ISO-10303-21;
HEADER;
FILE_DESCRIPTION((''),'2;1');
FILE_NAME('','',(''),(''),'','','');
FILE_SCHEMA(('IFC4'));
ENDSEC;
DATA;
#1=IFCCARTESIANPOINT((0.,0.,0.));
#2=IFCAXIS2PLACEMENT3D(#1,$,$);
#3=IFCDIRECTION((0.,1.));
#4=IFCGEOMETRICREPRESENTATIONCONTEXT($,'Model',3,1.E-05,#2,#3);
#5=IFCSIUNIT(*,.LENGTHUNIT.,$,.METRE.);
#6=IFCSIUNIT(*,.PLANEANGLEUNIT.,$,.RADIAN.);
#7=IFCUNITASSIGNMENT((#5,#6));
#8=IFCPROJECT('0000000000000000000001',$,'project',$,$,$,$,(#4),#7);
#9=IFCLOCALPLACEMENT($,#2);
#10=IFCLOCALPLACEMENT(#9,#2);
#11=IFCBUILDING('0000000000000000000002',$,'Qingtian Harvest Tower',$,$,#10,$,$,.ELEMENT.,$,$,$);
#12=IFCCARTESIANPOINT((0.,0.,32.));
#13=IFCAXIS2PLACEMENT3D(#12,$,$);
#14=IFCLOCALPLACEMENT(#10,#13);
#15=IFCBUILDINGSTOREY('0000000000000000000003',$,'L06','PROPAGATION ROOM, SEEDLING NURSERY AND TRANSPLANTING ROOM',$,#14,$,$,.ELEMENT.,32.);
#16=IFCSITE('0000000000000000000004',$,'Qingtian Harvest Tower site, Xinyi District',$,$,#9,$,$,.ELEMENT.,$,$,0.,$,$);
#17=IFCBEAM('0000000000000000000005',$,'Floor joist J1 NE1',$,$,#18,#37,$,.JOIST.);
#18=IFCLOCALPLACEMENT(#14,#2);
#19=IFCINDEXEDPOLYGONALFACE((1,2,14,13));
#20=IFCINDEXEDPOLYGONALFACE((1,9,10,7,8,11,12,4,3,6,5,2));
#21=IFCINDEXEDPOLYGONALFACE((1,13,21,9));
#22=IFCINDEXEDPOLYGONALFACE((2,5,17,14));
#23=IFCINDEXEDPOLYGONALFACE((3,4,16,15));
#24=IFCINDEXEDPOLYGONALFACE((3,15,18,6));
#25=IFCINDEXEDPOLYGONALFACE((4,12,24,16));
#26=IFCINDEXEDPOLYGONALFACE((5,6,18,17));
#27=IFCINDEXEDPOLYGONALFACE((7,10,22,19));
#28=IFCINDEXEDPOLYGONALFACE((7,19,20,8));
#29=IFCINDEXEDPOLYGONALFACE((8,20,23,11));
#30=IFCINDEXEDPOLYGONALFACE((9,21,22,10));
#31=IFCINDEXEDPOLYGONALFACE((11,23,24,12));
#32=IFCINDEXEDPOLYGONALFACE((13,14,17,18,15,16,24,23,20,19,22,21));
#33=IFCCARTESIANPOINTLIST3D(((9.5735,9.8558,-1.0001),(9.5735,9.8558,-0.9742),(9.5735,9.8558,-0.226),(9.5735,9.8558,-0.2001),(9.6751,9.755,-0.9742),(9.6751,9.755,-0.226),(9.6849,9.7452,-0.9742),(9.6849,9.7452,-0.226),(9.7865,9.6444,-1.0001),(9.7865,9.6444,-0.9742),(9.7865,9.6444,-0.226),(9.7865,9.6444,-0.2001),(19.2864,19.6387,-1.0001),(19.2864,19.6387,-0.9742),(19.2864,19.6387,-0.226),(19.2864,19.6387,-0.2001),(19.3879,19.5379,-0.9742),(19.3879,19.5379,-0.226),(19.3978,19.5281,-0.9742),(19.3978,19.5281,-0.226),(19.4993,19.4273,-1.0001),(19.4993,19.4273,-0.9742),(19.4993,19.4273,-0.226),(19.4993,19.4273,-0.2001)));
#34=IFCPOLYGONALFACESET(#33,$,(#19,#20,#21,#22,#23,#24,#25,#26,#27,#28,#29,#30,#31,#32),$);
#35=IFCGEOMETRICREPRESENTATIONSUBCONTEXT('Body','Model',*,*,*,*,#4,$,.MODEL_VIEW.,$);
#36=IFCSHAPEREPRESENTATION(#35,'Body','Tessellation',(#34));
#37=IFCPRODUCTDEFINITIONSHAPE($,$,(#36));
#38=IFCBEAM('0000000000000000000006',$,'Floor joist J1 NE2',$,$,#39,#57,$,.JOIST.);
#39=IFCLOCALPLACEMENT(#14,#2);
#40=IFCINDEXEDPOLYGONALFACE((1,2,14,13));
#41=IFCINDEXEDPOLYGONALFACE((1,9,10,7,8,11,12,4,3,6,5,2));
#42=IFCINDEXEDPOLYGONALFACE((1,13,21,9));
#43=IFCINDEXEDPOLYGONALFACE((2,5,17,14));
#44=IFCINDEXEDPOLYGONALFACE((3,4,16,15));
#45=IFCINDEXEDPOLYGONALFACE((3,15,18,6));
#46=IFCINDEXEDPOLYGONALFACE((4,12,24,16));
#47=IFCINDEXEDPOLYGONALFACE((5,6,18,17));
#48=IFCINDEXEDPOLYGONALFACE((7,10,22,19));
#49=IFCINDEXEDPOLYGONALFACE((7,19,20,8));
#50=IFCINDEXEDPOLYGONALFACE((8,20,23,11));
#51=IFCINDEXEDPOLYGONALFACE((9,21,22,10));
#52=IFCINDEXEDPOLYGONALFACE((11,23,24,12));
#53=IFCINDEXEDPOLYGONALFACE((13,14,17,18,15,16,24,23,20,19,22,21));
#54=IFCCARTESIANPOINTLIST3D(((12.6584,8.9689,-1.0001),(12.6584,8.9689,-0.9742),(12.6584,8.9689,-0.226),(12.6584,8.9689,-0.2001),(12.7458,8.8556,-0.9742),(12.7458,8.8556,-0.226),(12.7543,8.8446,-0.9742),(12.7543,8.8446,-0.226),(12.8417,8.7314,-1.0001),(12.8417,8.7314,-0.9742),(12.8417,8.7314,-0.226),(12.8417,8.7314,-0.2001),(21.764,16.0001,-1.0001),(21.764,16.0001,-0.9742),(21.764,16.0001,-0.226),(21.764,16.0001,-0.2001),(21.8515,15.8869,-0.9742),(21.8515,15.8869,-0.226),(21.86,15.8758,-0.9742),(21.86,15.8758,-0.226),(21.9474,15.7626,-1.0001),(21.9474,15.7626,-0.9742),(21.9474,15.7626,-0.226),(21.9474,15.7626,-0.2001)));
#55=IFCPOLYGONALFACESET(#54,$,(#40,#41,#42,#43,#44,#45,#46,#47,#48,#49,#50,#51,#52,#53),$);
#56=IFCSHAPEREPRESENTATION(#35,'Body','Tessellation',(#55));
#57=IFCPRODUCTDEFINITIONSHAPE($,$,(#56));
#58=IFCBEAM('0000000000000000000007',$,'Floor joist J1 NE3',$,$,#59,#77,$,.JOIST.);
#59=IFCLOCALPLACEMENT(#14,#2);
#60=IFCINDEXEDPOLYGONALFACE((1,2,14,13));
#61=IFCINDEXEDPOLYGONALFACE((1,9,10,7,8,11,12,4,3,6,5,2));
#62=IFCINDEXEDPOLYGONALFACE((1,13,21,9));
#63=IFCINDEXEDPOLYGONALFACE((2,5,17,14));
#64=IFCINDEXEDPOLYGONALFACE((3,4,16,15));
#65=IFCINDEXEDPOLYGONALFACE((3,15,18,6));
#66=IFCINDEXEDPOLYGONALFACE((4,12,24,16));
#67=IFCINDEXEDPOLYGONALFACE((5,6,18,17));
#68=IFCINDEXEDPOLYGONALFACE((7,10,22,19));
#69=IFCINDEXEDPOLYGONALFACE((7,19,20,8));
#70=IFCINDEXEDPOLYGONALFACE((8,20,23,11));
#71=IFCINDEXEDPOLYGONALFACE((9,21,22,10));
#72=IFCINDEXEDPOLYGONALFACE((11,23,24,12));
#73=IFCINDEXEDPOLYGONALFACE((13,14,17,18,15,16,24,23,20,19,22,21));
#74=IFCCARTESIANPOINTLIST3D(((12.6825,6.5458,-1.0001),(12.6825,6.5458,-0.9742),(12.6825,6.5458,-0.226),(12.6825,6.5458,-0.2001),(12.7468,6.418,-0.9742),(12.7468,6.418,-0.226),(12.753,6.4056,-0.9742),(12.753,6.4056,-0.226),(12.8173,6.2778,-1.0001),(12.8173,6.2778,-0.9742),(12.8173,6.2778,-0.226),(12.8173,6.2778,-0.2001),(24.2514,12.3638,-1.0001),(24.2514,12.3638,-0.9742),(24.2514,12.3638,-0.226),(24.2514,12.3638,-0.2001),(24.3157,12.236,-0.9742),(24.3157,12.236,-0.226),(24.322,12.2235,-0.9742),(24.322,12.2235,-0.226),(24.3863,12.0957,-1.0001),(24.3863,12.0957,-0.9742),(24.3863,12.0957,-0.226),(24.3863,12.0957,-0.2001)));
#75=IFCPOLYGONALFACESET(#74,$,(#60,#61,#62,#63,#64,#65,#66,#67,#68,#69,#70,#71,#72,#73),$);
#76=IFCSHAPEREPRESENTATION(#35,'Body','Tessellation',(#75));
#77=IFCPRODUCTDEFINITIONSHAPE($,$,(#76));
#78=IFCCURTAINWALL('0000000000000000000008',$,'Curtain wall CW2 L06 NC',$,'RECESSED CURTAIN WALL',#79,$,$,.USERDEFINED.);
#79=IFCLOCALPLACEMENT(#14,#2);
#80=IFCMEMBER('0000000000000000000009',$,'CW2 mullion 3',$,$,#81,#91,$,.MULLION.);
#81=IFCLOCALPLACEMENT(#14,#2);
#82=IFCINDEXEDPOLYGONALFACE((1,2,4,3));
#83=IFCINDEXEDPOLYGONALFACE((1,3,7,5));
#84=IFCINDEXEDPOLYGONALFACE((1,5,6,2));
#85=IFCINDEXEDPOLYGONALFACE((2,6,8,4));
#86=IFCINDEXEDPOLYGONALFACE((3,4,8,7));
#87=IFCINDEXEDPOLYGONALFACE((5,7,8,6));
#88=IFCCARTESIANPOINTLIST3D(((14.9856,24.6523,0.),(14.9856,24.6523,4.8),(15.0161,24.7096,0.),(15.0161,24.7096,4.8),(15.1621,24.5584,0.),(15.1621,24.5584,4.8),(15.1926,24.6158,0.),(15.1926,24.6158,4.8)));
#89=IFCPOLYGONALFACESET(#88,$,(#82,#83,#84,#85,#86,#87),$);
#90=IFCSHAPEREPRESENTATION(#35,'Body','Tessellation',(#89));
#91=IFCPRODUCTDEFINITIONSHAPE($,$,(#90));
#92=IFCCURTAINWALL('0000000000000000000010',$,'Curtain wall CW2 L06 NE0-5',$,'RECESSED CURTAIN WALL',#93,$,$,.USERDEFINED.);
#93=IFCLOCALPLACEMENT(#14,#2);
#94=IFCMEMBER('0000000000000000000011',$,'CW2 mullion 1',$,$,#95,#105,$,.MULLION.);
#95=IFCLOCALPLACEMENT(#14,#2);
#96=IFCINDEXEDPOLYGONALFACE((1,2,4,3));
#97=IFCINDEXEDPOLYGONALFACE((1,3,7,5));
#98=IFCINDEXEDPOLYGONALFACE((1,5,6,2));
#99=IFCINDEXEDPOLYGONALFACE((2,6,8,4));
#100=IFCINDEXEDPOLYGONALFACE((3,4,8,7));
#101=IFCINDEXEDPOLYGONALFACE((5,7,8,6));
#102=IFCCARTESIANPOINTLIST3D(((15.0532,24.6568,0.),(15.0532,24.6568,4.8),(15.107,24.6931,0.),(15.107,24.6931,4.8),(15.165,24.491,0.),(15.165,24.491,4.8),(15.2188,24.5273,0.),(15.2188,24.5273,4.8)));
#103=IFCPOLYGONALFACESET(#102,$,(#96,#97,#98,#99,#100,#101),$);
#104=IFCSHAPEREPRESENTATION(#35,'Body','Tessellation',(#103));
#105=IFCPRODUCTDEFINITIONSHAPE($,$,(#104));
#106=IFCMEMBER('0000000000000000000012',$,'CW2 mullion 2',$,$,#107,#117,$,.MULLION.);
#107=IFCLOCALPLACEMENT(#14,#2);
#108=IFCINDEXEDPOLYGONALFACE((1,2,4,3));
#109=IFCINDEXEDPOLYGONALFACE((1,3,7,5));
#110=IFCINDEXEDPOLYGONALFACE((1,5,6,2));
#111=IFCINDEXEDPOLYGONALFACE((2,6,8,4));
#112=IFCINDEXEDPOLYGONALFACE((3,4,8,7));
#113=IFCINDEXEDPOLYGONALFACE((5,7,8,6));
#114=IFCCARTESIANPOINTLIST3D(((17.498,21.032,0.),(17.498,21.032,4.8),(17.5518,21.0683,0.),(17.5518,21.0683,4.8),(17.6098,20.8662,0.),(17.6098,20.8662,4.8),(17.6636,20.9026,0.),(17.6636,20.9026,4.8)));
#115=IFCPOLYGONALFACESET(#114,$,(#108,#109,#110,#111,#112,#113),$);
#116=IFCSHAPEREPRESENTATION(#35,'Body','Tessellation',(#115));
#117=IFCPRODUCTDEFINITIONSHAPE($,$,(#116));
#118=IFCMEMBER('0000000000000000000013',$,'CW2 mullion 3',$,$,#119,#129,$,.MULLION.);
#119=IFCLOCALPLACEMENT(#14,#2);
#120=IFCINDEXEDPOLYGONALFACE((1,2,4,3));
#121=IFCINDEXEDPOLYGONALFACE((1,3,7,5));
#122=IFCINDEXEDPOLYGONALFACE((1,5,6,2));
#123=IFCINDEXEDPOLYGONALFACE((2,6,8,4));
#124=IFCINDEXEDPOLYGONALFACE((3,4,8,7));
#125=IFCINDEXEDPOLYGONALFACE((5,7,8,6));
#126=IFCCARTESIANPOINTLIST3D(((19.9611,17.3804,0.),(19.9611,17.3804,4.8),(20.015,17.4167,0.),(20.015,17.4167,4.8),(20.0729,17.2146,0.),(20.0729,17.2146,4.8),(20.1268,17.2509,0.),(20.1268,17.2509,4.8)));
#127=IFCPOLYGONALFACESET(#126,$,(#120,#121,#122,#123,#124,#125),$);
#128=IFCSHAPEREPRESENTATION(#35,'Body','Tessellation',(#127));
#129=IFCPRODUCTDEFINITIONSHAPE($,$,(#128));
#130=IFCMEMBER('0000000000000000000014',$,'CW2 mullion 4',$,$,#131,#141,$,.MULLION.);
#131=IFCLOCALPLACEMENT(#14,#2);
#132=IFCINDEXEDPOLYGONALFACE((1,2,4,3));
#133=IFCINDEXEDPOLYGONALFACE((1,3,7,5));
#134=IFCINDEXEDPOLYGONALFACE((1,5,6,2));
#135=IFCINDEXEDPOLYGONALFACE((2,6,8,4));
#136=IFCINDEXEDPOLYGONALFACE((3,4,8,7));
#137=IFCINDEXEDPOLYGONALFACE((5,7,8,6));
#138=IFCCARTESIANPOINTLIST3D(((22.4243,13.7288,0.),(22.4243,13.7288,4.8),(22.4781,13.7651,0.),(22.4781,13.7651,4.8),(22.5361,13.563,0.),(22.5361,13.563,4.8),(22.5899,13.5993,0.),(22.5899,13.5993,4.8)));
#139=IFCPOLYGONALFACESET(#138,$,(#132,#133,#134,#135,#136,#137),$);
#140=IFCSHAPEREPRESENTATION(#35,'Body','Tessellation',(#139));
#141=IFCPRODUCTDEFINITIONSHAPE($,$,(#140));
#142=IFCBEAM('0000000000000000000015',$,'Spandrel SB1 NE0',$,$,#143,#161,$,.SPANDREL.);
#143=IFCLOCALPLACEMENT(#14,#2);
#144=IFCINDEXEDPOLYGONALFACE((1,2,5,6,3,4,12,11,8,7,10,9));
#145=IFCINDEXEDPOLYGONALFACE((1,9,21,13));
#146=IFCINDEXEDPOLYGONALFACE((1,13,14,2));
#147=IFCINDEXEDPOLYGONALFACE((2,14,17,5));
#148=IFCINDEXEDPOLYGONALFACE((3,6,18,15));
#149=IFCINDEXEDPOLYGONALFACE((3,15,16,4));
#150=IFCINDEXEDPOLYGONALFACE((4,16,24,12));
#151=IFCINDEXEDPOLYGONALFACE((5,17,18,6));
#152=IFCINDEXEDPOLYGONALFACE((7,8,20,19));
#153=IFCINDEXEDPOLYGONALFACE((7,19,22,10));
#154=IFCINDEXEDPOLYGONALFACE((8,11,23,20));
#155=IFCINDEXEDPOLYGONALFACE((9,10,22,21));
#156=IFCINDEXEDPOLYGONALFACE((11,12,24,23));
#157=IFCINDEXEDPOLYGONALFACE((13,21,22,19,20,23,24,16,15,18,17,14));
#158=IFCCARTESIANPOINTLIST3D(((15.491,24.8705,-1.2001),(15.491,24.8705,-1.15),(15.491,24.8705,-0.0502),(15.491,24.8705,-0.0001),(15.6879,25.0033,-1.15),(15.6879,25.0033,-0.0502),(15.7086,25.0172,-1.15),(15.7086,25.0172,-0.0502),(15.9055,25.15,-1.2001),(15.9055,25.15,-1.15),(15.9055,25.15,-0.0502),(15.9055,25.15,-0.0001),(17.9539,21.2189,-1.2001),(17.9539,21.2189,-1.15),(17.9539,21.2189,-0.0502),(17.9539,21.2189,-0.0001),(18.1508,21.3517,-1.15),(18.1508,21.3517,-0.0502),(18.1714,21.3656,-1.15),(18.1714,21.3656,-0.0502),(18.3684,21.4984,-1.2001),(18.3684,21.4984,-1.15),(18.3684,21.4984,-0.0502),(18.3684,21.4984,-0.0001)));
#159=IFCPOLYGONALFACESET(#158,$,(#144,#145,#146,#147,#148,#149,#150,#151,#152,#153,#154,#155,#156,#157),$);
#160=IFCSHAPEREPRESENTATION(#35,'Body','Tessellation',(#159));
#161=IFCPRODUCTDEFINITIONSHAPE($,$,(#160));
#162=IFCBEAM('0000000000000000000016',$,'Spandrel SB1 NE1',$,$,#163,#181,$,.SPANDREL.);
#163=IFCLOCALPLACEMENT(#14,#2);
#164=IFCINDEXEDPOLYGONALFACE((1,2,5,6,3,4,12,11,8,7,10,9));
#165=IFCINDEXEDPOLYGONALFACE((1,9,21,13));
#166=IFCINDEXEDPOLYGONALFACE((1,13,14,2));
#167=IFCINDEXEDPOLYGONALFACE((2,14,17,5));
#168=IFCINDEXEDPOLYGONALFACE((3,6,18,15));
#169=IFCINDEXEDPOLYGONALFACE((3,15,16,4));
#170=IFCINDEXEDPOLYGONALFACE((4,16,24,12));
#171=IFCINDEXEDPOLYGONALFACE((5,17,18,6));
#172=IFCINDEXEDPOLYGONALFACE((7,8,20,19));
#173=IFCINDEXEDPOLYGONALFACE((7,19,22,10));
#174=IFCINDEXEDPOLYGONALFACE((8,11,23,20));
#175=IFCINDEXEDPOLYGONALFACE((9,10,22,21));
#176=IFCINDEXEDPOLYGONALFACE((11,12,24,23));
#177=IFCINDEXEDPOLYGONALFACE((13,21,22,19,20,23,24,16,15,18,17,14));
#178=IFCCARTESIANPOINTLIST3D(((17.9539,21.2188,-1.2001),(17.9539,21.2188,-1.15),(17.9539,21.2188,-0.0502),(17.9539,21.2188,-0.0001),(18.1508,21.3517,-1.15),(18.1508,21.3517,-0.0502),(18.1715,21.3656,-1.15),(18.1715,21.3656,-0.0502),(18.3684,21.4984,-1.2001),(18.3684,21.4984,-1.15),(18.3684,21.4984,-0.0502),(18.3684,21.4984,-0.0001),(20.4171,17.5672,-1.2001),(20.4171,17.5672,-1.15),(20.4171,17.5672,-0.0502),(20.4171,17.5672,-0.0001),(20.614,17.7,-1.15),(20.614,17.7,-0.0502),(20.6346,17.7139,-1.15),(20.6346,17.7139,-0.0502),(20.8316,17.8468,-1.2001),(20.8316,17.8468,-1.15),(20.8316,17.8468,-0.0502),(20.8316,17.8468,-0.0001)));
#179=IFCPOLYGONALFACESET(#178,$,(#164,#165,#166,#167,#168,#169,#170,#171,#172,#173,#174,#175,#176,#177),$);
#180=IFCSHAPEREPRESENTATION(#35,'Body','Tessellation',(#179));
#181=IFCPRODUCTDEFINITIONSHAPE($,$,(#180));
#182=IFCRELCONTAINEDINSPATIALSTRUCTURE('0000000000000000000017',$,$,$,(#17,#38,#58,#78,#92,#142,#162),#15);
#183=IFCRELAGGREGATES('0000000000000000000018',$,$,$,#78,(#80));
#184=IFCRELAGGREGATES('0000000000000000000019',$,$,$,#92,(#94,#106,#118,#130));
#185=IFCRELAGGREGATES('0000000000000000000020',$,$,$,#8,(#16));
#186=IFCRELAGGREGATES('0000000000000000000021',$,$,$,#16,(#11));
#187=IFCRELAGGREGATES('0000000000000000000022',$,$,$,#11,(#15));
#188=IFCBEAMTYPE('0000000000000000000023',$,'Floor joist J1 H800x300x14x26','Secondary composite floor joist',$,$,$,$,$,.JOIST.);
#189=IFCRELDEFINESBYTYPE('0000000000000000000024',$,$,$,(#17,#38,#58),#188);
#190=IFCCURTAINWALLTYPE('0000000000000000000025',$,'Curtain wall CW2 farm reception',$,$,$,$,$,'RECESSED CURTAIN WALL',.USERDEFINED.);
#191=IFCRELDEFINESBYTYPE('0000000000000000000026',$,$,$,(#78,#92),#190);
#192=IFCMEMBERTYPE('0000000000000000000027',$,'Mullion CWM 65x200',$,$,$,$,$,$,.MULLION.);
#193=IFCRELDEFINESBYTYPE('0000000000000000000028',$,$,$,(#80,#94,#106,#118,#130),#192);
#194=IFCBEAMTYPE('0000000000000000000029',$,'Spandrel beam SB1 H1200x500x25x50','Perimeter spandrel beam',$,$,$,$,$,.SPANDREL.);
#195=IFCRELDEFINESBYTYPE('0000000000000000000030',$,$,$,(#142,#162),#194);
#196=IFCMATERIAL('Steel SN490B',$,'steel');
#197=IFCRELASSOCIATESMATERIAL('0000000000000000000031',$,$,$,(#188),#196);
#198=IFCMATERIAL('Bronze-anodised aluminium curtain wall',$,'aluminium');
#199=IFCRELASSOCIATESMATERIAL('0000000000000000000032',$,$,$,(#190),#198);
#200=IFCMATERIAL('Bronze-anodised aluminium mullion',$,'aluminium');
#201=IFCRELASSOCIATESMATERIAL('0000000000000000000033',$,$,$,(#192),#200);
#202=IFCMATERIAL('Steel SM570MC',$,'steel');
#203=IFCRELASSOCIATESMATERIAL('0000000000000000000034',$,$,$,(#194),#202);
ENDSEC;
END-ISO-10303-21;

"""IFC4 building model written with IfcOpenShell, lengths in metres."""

from ifc_helpers import new_model, si_unit, direction, frame, origin, origin_2d, place, context, subcontext, project, spatial, rectangle, i_section, extrude, material, material_profile, profile_set, type_object, element, aggregate, save


model = new_model("IFC4")

# Units and contexts
model_context = context("Model", 3, precision=1e-05, world=origin(), true_north=direction((0.0, 1.0)))
body_context = subcontext(model_context, "Body", "Model", "MODEL_VIEW")
ifc_project = project(units=[si_unit("LENGTHUNIT", "METRE"), si_unit("PLANEANGLEUNIT", "RADIAN")], contexts=[model_context])

# Site, building, storey
site_placement = place(None, origin())
site = spatial("IfcSite", under=ifc_project, at=site_placement, Name="Qingtian Harvest Tower site, Xinyi District", CompositionType="ELEMENT", RefElevation=0.0)
building_placement = place(site_placement, origin())
building = spatial("IfcBuilding", under=site, at=building_placement, Name="Qingtian Harvest Tower", CompositionType="ELEMENT")
storey_placement = place(building_placement, frame((0.0, 0.0, 32.0)))
storey = spatial("IfcBuildingStorey", under=building, at=storey_placement, Name="L06", Description="PROPAGATION ROOM, SEEDLING NURSERY AND TRANSPLANTING ROOM", CompositionType="ELEMENT", Elevation=32.0)

# Beams
ifc_material_1 = material(Name="Steel SN490B", Category="steel")
ifc_material_profile_1 = material_profile(ifc_material_1, i_section(OverallWidth=0.3, OverallDepth=0.8, WebThickness=0.0139, FlangeThickness=0.0259, at=origin_2d()), Name="H800x300x14x26")
ifc_profile_set_1 = profile_set([ifc_material_profile_1], Name="Steel SN490B")
beam_type_1 = type_object("IfcBeamType", Name="Floor joist J1 H800x300x14x26", Description="Secondary composite floor joist", PredefinedType="JOIST", material=ifc_profile_set_1)
beam_1_placement = place(storey_placement, frame((19.3928, 19.533, -0.6001), z_axis=(-0.704561, -0.709644, 0.0), x_axis=(0.709644, -0.704561, 0.0)))
element("IfcBeam", 1, at=beam_1_placement, inside=storey, type_object=beam_type_1, Name="Floor joist J1 NE1", PredefinedType="JOIST", context=body_context, shape_type="SweptSolid", body=[
    extrude(i_section(OverallWidth=0.3, OverallDepth=0.8, WebThickness=0.0139, FlangeThickness=0.0259, at=origin_2d()), origin(), (0.0, 0.0, 1.0), 13.7856),
])
beam_2_placement = place(storey_placement, frame((21.8557, 15.8813, -0.6001), z_axis=(-0.791495, -0.611176, 0.0), x_axis=(0.611176, -0.791495, 0.0)))
element("IfcBeam", 2, at=beam_2_placement, inside=storey, type_object=beam_type_1, Name="Floor joist J1 NE2", PredefinedType="JOIST", context=body_context, shape_type="SweptSolid", body=[
    extrude(i_section(OverallWidth=0.3, OverallDepth=0.8, WebThickness=0.0139, FlangeThickness=0.0259, at=origin_2d()), origin(), (0.0, 0.0, 1.0), 11.5044),
])
beam_3_placement = place(storey_placement, frame((24.3188, 12.2297, -0.6001), z_axis=(-0.893392, -0.449279, 0.0), x_axis=(0.449279, -0.893392, 0.0)))
element("IfcBeam", 3, at=beam_3_placement, inside=storey, type_object=beam_type_1, Name="Floor joist J1 NE3", PredefinedType="JOIST", context=body_context, shape_type="SweptSolid", body=[
    extrude(i_section(OverallWidth=0.3, OverallDepth=0.8, WebThickness=0.0139, FlangeThickness=0.0259, at=origin_2d()), origin(), (0.0, 0.0, 1.0), 12.9495),
])

# Curtain wall, member
ifc_material_2 = material(Name="Bronze-anodised aluminium curtain wall", Category="aluminium")
curtain_wall_type = type_object("IfcCurtainWallType", Name="Curtain wall CW2 farm reception", ElementType="RECESSED CURTAIN WALL", PredefinedType="USERDEFINED", material=ifc_material_2)
curtain_wall_1_placement = place(storey_placement, origin())
curtain_wall_1 = element("IfcCurtainWall", 4, at=curtain_wall_1_placement, inside=storey, type_object=curtain_wall_type, Name="Curtain wall CW2 L06 NC", ObjectType="RECESSED CURTAIN WALL", PredefinedType="USERDEFINED")
ifc_material_3 = material(Name="Bronze-anodised aluminium mullion", Category="aluminium")
ifc_material_profile_2 = material_profile(ifc_material_3, rectangle(XDim=0.0649, YDim=0.2, at=origin_2d()), Name="AL 65x200")
ifc_profile_set_2 = profile_set([ifc_material_profile_2], Name="Bronze-anodised aluminium mullion")
member_type_1 = type_object("IfcMemberType", Name="Mullion CWM 65x200", PredefinedType="MULLION", material=ifc_profile_set_2)
member_1_placement = place(storey_placement, frame((15.0891, 24.634, 0.0), z_axis=(0.0, 0.0, 1.0), x_axis=(0.469472, 0.882948, 0.0)))
member_1 = element("IfcMember", 5, at=member_1_placement, type_object=member_type_1, Name="CW2 mullion 3", PredefinedType="MULLION", context=body_context, shape_type="SweptSolid", body=[
    extrude(rectangle(XDim=0.0649, YDim=0.2, at=origin_2d()), origin(), (0.0, 0.0, 1.0), 4.8),
])

# Curtain wall, members
curtain_wall_2_placement = place(storey_placement, origin())
curtain_wall_2 = element("IfcCurtainWall", 6, at=curtain_wall_2_placement, inside=storey, type_object=curtain_wall_type, Name="Curtain wall CW2 L06 NE0-5", ObjectType="RECESSED CURTAIN WALL", PredefinedType="USERDEFINED")
member_2_placement = place(storey_placement, frame((15.136, 24.592, 0.0), z_axis=(0.0, 0.0, 1.0), x_axis=(0.829038, 0.559193, 0.0)))
member_2 = element("IfcMember", 7, at=member_2_placement, type_object=member_type_1, Name="CW2 mullion 1", PredefinedType="MULLION", context=body_context, shape_type="SweptSolid", body=[
    extrude(rectangle(XDim=0.0649, YDim=0.2, at=origin_2d()), origin(), (0.0, 0.0, 1.0), 4.8),
])
member_3_placement = place(storey_placement, frame((17.5808, 20.9673, 0.0), z_axis=(0.0, 0.0, 1.0), x_axis=(0.829038, 0.559193, 0.0)))
member_3 = element("IfcMember", 8, at=member_3_placement, type_object=member_type_1, Name="CW2 mullion 2", PredefinedType="MULLION", context=body_context, shape_type="SweptSolid", body=[
    extrude(rectangle(XDim=0.0649, YDim=0.2, at=origin_2d()), origin(), (0.0, 0.0, 1.0), 4.8),
])
member_4_placement = place(storey_placement, frame((20.0439, 17.3157, 0.0), z_axis=(0.0, 0.0, 1.0), x_axis=(0.829038, 0.559193, 0.0)))
member_4 = element("IfcMember", 9, at=member_4_placement, type_object=member_type_1, Name="CW2 mullion 3", PredefinedType="MULLION", context=body_context, shape_type="SweptSolid", body=[
    extrude(rectangle(XDim=0.0649, YDim=0.2, at=origin_2d()), origin(), (0.0, 0.0, 1.0), 4.8),
])
member_5_placement = place(storey_placement, frame((22.5071, 13.6641, 0.0), z_axis=(0.0, 0.0, 1.0), x_axis=(0.829038, 0.559193, 0.0)))
member_5 = element("IfcMember", 10, at=member_5_placement, type_object=member_type_1, Name="CW2 mullion 4", PredefinedType="MULLION", context=body_context, shape_type="SweptSolid", body=[
    extrude(rectangle(XDim=0.0649, YDim=0.2, at=origin_2d()), origin(), (0.0, 0.0, 1.0), 4.8),
])

# Beams
ifc_material_4 = material(Name="Steel SM570MC", Category="steel")
ifc_material_profile_3 = material_profile(ifc_material_4, i_section(OverallWidth=0.5, OverallDepth=1.2, WebThickness=0.0249, FlangeThickness=0.05, at=origin_2d()), Name="H1200x500x25x50")
ifc_profile_set_3 = profile_set([ifc_material_profile_3], Name="Steel SM570MC")
beam_type_2 = type_object("IfcBeamType", Name="Spandrel beam SB1 H1200x500x25x50", Description="Perimeter spandrel beam", PredefinedType="SPANDREL", material=ifc_profile_set_3)
beam_4_placement = place(storey_placement, frame((15.6982, 25.0103, -0.6001), z_axis=(0.559169, -0.829054, 0.0), x_axis=(0.829054, 0.559169, 0.0)))
element("IfcBeam", 11, at=beam_4_placement, inside=storey, type_object=beam_type_2, Name="Spandrel SB1 NE0", PredefinedType="SPANDREL", context=body_context, shape_type="SweptSolid", body=[
    extrude(i_section(OverallWidth=0.5, OverallDepth=1.2, WebThickness=0.0249, FlangeThickness=0.05, at=origin_2d()), origin(), (0.0, 0.0, 1.0), 4.4045),
])
beam_5_placement = place(storey_placement, frame((18.1611, 21.3586, -0.6001), z_axis=(0.559207, -0.829028, 0.0), x_axis=(0.829028, 0.559207, 0.0)))
element("IfcBeam", 12, at=beam_5_placement, inside=storey, type_object=beam_type_2, Name="Spandrel SB1 NE1", PredefinedType="SPANDREL", context=body_context, shape_type="SweptSolid", body=[
    extrude(i_section(OverallWidth=0.5, OverallDepth=1.2, WebThickness=0.0249, FlangeThickness=0.05, at=origin_2d()), origin(), (0.0, 0.0, 1.0), 4.4048),
])

aggregate(curtain_wall_1, [member_1])
aggregate(curtain_wall_2, [member_2, member_3, member_4, member_5])

save(model, "model.ifc")
